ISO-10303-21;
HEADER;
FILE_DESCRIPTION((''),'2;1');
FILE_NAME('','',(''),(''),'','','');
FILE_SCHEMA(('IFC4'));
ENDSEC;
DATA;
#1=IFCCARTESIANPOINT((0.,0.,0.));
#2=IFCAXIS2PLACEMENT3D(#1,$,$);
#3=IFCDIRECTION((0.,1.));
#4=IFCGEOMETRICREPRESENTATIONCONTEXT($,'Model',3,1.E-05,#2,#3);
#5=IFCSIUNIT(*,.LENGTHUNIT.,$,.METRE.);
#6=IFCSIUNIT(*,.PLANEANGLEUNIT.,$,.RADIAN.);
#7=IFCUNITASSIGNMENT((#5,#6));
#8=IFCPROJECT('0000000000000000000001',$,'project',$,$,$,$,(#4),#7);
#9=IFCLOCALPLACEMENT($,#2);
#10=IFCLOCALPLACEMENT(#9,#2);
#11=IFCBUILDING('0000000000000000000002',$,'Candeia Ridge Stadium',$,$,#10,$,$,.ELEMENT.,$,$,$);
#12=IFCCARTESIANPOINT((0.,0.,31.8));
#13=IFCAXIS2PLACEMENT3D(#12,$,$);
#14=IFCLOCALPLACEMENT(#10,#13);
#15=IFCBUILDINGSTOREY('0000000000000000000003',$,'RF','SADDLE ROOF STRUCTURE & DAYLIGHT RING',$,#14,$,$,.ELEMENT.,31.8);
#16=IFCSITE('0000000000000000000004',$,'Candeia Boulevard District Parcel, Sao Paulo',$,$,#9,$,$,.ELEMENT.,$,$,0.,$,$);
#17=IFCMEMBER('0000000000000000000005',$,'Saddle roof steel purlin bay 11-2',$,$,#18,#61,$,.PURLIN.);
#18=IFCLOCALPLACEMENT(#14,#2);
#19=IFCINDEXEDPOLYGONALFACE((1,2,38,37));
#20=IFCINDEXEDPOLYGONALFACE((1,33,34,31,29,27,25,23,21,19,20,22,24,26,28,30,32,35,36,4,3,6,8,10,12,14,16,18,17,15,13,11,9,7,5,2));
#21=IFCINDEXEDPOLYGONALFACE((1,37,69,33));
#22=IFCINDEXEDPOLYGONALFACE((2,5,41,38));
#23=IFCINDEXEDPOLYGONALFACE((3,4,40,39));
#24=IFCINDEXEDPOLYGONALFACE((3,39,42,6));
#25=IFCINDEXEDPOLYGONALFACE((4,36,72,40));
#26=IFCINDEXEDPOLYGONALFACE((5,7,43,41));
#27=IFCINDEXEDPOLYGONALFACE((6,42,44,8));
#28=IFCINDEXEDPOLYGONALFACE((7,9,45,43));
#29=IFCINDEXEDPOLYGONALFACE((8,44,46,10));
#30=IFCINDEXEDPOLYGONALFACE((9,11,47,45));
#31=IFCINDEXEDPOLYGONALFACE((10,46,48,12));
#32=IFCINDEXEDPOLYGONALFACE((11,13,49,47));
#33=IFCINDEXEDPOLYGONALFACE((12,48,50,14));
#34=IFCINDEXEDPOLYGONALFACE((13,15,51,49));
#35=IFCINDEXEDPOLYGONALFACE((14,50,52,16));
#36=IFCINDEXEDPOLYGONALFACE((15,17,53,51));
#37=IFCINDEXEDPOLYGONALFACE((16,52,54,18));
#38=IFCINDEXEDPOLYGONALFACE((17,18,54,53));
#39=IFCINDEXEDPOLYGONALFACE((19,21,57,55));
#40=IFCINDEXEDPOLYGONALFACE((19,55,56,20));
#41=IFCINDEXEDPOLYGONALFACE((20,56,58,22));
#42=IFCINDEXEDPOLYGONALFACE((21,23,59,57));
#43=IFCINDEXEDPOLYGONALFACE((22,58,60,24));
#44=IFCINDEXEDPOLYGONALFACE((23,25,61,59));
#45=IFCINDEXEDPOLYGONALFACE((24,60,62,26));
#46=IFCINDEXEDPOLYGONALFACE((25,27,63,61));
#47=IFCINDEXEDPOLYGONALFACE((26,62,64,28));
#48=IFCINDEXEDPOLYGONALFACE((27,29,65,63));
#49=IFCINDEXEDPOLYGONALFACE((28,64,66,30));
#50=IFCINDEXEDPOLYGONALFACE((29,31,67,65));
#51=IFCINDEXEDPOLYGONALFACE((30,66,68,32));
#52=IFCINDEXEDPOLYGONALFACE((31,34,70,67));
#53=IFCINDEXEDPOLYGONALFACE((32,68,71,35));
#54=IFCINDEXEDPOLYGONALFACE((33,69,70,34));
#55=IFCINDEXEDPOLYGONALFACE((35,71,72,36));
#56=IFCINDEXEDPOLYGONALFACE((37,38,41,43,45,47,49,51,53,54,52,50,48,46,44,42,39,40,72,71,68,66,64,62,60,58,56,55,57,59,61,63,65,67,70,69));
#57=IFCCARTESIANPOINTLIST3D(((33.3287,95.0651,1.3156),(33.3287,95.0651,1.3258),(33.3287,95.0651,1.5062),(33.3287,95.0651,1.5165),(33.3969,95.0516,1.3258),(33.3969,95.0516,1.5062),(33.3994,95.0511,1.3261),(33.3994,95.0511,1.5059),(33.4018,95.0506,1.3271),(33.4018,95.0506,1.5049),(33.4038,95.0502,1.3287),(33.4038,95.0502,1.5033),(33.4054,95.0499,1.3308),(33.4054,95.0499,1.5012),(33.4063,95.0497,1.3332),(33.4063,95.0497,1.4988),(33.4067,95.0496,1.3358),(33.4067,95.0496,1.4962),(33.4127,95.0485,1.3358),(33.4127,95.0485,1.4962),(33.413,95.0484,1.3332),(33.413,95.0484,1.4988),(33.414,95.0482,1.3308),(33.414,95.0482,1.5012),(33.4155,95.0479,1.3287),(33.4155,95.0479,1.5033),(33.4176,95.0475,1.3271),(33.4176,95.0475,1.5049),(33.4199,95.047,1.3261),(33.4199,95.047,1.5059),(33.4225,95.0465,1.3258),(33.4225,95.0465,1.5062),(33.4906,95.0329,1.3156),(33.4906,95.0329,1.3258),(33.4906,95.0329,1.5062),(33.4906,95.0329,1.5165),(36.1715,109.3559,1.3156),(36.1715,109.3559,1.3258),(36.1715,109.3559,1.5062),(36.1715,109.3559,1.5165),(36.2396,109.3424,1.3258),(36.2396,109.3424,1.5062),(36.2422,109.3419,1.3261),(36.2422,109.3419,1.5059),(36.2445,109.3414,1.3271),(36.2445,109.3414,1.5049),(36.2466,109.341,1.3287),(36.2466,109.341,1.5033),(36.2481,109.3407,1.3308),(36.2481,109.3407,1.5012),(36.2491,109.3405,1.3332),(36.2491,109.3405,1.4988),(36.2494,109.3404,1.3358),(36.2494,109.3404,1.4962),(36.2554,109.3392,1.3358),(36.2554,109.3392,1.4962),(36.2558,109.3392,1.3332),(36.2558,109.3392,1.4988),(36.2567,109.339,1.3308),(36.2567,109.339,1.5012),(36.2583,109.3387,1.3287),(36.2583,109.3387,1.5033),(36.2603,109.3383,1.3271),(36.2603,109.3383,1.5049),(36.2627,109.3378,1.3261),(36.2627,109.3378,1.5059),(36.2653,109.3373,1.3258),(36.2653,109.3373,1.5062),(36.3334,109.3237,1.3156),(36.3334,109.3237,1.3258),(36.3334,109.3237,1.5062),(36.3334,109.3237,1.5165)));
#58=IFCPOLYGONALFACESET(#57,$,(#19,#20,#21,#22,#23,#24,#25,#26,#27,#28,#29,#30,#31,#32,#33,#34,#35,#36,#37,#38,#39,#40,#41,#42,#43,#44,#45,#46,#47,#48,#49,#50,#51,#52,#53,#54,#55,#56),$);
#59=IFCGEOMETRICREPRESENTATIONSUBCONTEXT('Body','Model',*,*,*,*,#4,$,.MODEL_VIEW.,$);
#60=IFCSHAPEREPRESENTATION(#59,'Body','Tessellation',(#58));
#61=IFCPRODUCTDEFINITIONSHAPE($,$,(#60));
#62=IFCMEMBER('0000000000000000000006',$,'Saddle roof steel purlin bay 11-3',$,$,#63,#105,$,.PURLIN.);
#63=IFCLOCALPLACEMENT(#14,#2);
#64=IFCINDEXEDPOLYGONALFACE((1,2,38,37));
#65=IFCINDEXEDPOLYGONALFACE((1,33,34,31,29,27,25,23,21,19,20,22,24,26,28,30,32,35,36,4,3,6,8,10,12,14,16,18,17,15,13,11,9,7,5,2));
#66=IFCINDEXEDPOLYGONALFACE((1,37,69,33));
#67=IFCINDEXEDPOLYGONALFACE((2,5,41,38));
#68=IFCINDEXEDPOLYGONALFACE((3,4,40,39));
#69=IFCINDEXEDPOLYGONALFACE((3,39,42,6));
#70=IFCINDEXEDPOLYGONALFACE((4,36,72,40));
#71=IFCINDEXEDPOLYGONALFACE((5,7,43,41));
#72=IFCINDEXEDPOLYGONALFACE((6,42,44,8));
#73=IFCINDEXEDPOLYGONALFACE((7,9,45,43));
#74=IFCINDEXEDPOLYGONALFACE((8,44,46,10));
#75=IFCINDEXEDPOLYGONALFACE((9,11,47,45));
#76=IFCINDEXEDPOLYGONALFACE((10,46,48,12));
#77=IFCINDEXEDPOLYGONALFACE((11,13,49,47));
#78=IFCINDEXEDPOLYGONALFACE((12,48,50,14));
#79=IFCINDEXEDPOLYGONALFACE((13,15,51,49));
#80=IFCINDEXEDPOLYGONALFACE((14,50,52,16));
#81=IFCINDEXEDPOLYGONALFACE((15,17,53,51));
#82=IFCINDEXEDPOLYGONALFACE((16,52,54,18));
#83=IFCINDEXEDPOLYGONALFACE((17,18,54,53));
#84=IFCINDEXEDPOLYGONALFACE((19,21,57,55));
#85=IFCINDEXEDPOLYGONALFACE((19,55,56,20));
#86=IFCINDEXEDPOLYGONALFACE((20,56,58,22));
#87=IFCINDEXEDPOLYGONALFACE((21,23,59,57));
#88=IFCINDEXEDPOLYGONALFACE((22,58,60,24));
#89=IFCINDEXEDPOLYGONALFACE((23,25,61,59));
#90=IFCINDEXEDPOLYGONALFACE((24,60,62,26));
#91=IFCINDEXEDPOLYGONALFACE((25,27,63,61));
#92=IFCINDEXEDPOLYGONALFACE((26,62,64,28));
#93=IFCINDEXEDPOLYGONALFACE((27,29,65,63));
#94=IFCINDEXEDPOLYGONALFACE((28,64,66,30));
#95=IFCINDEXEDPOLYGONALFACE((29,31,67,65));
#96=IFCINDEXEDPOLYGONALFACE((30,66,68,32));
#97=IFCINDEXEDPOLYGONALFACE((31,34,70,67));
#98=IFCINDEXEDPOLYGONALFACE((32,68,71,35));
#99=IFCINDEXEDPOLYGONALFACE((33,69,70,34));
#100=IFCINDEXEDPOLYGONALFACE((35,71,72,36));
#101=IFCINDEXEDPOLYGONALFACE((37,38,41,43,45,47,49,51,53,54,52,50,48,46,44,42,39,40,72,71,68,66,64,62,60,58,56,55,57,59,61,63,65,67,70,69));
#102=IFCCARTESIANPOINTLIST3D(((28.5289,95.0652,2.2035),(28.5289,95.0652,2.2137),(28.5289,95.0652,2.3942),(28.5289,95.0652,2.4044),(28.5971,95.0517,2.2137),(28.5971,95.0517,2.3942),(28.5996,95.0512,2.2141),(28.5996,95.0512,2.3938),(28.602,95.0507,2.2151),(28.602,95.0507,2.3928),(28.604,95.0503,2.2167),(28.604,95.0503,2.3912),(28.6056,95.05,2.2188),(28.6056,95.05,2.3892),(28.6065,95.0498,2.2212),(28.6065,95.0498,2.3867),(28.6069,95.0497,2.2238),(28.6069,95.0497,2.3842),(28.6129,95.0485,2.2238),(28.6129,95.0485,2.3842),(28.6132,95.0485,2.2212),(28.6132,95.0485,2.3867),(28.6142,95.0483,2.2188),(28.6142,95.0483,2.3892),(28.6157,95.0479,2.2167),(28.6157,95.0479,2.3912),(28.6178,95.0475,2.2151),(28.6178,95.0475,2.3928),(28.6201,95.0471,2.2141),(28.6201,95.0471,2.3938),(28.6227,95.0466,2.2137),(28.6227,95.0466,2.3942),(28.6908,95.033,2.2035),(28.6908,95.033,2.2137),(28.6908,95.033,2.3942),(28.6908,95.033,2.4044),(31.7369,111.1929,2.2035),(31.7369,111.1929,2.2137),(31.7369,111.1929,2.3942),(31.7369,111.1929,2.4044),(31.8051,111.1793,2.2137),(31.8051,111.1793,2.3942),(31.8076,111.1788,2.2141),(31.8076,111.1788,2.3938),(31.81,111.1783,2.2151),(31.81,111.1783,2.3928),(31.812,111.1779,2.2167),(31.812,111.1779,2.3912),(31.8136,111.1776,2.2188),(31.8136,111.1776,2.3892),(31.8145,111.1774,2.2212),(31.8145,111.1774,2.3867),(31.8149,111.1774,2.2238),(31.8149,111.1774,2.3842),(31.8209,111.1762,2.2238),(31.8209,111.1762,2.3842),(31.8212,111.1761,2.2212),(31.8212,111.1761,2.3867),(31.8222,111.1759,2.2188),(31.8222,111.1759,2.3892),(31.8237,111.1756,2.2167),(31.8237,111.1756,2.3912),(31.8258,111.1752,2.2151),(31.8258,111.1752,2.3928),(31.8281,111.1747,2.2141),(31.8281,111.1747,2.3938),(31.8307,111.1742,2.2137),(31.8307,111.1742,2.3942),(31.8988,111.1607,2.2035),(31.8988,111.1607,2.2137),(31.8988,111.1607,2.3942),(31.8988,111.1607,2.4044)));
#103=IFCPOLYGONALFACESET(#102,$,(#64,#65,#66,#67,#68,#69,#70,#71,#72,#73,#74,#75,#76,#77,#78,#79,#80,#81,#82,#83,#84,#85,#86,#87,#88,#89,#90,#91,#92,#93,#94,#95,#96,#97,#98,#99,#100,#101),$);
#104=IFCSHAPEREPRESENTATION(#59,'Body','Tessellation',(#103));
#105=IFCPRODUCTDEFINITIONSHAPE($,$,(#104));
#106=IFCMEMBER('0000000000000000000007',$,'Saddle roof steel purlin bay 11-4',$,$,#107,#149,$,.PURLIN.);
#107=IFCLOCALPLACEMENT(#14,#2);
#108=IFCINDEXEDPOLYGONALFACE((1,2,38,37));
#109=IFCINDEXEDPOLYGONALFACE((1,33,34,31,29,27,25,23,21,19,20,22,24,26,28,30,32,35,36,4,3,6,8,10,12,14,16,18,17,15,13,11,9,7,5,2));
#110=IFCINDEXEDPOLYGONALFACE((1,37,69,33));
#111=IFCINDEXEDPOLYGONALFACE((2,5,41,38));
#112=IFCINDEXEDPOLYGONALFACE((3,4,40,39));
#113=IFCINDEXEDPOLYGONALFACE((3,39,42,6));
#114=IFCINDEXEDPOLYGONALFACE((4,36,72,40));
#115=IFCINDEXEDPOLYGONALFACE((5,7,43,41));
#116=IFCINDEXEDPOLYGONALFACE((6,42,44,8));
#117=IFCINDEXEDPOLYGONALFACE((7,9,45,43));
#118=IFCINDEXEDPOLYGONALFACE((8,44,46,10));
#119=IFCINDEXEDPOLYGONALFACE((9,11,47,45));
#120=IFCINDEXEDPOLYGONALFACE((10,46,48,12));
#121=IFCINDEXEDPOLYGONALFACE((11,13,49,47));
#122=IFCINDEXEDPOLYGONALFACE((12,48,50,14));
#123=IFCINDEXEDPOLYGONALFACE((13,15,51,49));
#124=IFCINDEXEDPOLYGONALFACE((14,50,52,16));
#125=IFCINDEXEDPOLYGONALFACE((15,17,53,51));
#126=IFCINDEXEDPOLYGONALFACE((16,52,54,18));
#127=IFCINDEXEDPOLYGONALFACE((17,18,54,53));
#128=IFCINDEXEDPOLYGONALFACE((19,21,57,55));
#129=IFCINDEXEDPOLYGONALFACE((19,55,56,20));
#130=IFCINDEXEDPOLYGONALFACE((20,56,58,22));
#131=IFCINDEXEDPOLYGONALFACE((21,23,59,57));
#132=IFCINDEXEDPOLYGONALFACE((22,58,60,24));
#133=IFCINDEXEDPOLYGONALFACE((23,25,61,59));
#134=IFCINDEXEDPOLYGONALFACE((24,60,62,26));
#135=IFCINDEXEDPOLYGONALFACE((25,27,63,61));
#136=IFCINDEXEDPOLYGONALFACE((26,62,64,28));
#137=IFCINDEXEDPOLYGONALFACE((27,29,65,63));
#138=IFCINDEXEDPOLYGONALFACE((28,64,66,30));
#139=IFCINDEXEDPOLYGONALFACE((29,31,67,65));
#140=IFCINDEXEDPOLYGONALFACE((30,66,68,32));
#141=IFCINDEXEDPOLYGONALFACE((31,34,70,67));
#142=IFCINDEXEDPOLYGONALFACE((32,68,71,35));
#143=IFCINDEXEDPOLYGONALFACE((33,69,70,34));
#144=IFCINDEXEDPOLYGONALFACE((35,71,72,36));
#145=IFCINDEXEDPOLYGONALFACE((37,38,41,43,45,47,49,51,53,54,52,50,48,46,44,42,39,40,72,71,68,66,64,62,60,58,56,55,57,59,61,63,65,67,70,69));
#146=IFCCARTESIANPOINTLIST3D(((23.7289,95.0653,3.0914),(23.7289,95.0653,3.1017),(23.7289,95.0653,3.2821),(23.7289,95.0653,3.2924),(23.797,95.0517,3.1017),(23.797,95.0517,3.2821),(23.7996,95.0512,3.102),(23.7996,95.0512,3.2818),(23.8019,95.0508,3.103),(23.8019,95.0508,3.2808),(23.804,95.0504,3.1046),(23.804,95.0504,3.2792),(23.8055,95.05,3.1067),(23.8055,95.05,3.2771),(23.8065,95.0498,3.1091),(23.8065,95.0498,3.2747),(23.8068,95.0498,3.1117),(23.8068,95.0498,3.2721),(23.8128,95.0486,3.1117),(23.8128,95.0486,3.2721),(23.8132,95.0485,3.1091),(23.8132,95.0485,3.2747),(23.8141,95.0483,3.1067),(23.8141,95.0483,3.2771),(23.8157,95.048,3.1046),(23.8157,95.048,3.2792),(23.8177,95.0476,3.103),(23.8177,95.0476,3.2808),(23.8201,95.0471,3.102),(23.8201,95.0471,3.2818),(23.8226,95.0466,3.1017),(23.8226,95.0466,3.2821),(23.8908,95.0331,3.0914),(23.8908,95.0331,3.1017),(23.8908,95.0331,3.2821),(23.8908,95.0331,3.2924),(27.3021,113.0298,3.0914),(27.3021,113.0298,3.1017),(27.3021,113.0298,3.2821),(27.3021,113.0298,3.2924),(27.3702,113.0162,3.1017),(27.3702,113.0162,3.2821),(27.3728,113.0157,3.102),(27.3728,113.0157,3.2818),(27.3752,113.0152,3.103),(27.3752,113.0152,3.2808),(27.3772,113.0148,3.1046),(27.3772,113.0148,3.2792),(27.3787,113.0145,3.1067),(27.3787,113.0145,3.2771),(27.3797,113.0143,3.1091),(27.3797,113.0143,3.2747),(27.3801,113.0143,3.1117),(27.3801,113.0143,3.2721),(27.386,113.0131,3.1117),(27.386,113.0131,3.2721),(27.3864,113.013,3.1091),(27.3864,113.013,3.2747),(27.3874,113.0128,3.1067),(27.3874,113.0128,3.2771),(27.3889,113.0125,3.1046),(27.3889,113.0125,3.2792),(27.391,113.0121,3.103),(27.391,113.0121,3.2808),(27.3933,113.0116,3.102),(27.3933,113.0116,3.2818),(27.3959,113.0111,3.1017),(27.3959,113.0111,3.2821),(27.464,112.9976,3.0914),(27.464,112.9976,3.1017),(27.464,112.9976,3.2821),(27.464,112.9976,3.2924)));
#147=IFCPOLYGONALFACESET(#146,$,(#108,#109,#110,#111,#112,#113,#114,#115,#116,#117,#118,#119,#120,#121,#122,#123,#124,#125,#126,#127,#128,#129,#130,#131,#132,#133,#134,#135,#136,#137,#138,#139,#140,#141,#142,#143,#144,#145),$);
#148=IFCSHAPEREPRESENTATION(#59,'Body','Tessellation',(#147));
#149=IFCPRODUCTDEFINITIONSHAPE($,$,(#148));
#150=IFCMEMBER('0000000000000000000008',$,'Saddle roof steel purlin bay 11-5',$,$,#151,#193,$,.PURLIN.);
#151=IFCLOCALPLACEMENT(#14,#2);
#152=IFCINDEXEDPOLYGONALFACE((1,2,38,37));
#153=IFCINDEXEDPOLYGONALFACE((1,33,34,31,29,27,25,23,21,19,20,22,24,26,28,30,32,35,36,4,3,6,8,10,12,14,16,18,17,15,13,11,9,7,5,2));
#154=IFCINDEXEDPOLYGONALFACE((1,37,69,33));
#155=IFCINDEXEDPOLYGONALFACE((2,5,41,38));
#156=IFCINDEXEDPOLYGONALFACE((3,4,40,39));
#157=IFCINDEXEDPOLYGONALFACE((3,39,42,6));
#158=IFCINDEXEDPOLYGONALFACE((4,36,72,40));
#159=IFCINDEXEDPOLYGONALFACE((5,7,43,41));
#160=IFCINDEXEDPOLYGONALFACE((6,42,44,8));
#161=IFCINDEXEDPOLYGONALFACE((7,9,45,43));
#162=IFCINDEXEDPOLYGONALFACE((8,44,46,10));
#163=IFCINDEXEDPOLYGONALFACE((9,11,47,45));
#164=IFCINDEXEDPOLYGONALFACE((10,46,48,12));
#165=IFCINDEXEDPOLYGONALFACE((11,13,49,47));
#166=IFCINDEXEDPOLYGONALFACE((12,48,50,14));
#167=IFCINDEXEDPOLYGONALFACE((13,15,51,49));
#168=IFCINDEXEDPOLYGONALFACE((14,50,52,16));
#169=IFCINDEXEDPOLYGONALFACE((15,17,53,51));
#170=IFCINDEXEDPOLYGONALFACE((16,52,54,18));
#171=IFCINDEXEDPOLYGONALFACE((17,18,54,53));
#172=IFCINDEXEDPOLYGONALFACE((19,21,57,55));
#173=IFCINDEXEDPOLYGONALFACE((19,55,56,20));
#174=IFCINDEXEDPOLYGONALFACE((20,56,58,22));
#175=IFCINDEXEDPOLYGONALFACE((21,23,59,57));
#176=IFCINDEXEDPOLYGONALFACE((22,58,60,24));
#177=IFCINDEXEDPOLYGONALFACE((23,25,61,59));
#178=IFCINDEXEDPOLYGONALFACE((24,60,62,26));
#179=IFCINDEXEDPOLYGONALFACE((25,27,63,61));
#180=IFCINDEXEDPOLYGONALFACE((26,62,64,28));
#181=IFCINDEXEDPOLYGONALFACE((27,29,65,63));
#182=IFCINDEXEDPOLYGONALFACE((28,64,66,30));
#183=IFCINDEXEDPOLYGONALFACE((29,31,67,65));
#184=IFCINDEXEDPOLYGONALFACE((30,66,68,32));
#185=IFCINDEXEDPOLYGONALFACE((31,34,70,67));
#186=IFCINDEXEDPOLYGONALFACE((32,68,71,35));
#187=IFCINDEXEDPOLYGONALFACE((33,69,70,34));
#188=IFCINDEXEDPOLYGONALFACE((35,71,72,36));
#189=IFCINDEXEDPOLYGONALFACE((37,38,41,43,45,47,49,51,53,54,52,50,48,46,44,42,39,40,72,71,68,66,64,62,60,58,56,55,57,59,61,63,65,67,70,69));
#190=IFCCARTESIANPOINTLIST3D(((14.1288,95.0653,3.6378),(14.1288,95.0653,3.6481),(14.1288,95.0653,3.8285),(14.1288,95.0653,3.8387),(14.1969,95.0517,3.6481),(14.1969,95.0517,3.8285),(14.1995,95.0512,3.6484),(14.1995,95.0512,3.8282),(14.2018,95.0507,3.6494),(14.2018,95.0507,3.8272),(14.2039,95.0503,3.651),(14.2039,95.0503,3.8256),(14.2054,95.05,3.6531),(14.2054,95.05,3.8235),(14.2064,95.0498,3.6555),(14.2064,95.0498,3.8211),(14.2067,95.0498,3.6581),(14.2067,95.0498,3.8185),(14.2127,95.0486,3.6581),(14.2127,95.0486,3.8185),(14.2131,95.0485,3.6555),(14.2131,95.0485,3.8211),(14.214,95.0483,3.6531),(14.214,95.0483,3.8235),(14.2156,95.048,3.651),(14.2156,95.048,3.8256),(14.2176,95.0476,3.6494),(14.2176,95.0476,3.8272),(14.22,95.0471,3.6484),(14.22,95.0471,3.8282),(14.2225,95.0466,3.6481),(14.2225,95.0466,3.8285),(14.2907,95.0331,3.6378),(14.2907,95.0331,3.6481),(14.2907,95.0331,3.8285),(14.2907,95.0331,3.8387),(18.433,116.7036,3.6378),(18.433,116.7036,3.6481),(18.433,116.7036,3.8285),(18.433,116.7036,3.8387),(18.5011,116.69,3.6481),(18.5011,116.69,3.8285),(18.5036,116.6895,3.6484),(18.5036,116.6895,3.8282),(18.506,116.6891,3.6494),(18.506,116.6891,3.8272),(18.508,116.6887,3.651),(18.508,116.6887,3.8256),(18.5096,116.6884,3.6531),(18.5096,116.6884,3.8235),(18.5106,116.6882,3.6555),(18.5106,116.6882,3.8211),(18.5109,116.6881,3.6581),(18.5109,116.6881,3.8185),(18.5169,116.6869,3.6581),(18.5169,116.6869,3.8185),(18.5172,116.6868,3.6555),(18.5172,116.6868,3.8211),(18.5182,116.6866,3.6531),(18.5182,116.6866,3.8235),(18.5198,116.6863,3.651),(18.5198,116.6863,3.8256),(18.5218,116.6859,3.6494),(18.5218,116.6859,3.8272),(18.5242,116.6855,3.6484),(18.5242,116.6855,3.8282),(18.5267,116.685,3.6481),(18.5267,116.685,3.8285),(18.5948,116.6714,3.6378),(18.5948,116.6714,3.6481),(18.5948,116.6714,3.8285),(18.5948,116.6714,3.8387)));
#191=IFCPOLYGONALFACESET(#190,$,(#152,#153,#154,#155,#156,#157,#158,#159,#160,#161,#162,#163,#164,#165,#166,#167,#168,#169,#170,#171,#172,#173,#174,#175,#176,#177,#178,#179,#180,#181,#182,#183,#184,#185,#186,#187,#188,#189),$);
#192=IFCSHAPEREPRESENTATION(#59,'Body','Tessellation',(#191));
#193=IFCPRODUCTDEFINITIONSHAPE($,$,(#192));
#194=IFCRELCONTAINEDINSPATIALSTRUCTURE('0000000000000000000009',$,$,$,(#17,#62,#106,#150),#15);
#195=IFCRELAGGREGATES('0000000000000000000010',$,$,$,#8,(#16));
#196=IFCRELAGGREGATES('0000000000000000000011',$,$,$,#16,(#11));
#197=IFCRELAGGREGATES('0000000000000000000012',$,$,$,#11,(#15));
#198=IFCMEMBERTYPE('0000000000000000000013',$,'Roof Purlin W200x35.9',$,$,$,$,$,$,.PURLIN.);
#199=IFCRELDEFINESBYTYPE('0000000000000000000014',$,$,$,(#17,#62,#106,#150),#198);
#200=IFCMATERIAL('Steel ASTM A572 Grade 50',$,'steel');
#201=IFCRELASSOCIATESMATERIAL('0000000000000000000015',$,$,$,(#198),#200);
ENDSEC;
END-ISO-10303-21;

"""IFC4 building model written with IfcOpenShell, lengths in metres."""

from ifc_helpers import new_model, si_unit, direction, frame, origin, origin_2d, place, context, subcontext, project, spatial, i_section, extrude, material, material_profile, profile_set, type_object, element, save


model = new_model("IFC4")

# Units and contexts
model_context = context("Model", 3, precision=1e-05, world=origin(), true_north=direction((0.0, 1.0)))
body_context = subcontext(model_context, "Body", "Model", "MODEL_VIEW")
ifc_project = project(units=[si_unit("LENGTHUNIT", "METRE"), si_unit("PLANEANGLEUNIT", "RADIAN")], contexts=[model_context])

# Site, building, storey
site_placement = place(None, origin())
site = spatial("IfcSite", under=ifc_project, at=site_placement, Name="Candeia Boulevard District Parcel, Sao Paulo", CompositionType="ELEMENT", RefElevation=0.0)
building_placement = place(site_placement, origin())
building = spatial("IfcBuilding", under=site, at=building_placement, Name="Candeia Ridge Stadium", CompositionType="ELEMENT")
storey_placement = place(building_placement, frame((0.0, 0.0, 31.8)))
storey = spatial("IfcBuildingStorey", under=building, at=storey_placement, Name="RF", Description="SADDLE ROOF STRUCTURE & DAYLIGHT RING", CompositionType="ELEMENT", Elevation=31.8)

# Shared definitions
ifc_material_1 = material(Name="Steel ASTM A572 Grade 50", Category="steel")

# Members
ifc_material_profile_1 = material_profile(ifc_material_1, i_section(OverallWidth=0.165, OverallDepth=0.2009, WebThickness=0.0061, FlangeThickness=0.0103, FilletRadius=0.01, at=origin_2d()), Name="W200x35.9", Category="steel")
ifc_profile_set_1 = profile_set([ifc_material_profile_1], Name="Steel ASTM A572 Grade 50")
member_type_1 = type_object("IfcMemberType", Name="Roof Purlin W200x35.9", PredefinedType="PURLIN", material=ifc_profile_set_1)
member_1_placement = place(storey_placement, frame((36.2524, 109.3398, 1.416), z_axis=(-0.195101, -0.980783, 0.0), x_axis=(0.980783, -0.195101, 0.0)))
element("IfcMember", 1, at=member_1_placement, inside=storey, type_object=member_type_1, Name="Saddle roof steel purlin bay 11-2", PredefinedType="PURLIN", context=body_context, shape_type="SweptSolid", body=[
    extrude(i_section(OverallWidth=0.165, OverallDepth=0.2009, WebThickness=0.0061, FlangeThickness=0.0103, FilletRadius=0.01, at=origin_2d()), origin(), (0.0, 0.0, 1.0), 14.5708),
])
member_2_placement = place(storey_placement, frame((31.8179, 111.1768, 2.304), z_axis=(-0.195091, -0.980785, 0.0), x_axis=(0.980785, -0.195091, 0.0)))
element("IfcMember", 2, at=member_2_placement, inside=storey, type_object=member_type_1, Name="Saddle roof steel purlin bay 11-3", PredefinedType="PURLIN", context=body_context, shape_type="SweptSolid", body=[
    extrude(i_section(OverallWidth=0.165, OverallDepth=0.2009, WebThickness=0.0061, FlangeThickness=0.0103, FilletRadius=0.01, at=origin_2d()), origin(), (0.0, 0.0, 1.0), 16.4436),
])
member_3_placement = place(storey_placement, frame((27.3831, 113.0137, 3.1919), z_axis=(-0.195083, -0.980787, 0.0), x_axis=(0.980787, -0.195083, 0.0)))
element("IfcMember", 3, at=member_3_placement, inside=storey, type_object=member_type_1, Name="Saddle roof steel purlin bay 11-4", PredefinedType="PURLIN", context=body_context, shape_type="SweptSolid", body=[
    extrude(i_section(OverallWidth=0.165, OverallDepth=0.2009, WebThickness=0.0061, FlangeThickness=0.0103, FilletRadius=0.01, at=origin_2d()), origin(), (0.0, 0.0, 1.0), 18.3164),
])
member_4_placement = place(storey_placement, frame((18.5139, 116.6875, 3.7383), z_axis=(-0.195092, -0.980785, 0.0), x_axis=(0.980785, -0.195092, 0.0)))
element("IfcMember", 4, at=member_4_placement, inside=storey, type_object=member_type_1, Name="Saddle roof steel purlin bay 11-5", PredefinedType="PURLIN", context=body_context, shape_type="SweptSolid", body=[
    extrude(i_section(OverallWidth=0.165, OverallDepth=0.2009, WebThickness=0.0061, FlangeThickness=0.0103, FilletRadius=0.01, at=origin_2d()), origin(), (0.0, 0.0, 1.0), 22.0623),
])

save(model, "model.ifc")
